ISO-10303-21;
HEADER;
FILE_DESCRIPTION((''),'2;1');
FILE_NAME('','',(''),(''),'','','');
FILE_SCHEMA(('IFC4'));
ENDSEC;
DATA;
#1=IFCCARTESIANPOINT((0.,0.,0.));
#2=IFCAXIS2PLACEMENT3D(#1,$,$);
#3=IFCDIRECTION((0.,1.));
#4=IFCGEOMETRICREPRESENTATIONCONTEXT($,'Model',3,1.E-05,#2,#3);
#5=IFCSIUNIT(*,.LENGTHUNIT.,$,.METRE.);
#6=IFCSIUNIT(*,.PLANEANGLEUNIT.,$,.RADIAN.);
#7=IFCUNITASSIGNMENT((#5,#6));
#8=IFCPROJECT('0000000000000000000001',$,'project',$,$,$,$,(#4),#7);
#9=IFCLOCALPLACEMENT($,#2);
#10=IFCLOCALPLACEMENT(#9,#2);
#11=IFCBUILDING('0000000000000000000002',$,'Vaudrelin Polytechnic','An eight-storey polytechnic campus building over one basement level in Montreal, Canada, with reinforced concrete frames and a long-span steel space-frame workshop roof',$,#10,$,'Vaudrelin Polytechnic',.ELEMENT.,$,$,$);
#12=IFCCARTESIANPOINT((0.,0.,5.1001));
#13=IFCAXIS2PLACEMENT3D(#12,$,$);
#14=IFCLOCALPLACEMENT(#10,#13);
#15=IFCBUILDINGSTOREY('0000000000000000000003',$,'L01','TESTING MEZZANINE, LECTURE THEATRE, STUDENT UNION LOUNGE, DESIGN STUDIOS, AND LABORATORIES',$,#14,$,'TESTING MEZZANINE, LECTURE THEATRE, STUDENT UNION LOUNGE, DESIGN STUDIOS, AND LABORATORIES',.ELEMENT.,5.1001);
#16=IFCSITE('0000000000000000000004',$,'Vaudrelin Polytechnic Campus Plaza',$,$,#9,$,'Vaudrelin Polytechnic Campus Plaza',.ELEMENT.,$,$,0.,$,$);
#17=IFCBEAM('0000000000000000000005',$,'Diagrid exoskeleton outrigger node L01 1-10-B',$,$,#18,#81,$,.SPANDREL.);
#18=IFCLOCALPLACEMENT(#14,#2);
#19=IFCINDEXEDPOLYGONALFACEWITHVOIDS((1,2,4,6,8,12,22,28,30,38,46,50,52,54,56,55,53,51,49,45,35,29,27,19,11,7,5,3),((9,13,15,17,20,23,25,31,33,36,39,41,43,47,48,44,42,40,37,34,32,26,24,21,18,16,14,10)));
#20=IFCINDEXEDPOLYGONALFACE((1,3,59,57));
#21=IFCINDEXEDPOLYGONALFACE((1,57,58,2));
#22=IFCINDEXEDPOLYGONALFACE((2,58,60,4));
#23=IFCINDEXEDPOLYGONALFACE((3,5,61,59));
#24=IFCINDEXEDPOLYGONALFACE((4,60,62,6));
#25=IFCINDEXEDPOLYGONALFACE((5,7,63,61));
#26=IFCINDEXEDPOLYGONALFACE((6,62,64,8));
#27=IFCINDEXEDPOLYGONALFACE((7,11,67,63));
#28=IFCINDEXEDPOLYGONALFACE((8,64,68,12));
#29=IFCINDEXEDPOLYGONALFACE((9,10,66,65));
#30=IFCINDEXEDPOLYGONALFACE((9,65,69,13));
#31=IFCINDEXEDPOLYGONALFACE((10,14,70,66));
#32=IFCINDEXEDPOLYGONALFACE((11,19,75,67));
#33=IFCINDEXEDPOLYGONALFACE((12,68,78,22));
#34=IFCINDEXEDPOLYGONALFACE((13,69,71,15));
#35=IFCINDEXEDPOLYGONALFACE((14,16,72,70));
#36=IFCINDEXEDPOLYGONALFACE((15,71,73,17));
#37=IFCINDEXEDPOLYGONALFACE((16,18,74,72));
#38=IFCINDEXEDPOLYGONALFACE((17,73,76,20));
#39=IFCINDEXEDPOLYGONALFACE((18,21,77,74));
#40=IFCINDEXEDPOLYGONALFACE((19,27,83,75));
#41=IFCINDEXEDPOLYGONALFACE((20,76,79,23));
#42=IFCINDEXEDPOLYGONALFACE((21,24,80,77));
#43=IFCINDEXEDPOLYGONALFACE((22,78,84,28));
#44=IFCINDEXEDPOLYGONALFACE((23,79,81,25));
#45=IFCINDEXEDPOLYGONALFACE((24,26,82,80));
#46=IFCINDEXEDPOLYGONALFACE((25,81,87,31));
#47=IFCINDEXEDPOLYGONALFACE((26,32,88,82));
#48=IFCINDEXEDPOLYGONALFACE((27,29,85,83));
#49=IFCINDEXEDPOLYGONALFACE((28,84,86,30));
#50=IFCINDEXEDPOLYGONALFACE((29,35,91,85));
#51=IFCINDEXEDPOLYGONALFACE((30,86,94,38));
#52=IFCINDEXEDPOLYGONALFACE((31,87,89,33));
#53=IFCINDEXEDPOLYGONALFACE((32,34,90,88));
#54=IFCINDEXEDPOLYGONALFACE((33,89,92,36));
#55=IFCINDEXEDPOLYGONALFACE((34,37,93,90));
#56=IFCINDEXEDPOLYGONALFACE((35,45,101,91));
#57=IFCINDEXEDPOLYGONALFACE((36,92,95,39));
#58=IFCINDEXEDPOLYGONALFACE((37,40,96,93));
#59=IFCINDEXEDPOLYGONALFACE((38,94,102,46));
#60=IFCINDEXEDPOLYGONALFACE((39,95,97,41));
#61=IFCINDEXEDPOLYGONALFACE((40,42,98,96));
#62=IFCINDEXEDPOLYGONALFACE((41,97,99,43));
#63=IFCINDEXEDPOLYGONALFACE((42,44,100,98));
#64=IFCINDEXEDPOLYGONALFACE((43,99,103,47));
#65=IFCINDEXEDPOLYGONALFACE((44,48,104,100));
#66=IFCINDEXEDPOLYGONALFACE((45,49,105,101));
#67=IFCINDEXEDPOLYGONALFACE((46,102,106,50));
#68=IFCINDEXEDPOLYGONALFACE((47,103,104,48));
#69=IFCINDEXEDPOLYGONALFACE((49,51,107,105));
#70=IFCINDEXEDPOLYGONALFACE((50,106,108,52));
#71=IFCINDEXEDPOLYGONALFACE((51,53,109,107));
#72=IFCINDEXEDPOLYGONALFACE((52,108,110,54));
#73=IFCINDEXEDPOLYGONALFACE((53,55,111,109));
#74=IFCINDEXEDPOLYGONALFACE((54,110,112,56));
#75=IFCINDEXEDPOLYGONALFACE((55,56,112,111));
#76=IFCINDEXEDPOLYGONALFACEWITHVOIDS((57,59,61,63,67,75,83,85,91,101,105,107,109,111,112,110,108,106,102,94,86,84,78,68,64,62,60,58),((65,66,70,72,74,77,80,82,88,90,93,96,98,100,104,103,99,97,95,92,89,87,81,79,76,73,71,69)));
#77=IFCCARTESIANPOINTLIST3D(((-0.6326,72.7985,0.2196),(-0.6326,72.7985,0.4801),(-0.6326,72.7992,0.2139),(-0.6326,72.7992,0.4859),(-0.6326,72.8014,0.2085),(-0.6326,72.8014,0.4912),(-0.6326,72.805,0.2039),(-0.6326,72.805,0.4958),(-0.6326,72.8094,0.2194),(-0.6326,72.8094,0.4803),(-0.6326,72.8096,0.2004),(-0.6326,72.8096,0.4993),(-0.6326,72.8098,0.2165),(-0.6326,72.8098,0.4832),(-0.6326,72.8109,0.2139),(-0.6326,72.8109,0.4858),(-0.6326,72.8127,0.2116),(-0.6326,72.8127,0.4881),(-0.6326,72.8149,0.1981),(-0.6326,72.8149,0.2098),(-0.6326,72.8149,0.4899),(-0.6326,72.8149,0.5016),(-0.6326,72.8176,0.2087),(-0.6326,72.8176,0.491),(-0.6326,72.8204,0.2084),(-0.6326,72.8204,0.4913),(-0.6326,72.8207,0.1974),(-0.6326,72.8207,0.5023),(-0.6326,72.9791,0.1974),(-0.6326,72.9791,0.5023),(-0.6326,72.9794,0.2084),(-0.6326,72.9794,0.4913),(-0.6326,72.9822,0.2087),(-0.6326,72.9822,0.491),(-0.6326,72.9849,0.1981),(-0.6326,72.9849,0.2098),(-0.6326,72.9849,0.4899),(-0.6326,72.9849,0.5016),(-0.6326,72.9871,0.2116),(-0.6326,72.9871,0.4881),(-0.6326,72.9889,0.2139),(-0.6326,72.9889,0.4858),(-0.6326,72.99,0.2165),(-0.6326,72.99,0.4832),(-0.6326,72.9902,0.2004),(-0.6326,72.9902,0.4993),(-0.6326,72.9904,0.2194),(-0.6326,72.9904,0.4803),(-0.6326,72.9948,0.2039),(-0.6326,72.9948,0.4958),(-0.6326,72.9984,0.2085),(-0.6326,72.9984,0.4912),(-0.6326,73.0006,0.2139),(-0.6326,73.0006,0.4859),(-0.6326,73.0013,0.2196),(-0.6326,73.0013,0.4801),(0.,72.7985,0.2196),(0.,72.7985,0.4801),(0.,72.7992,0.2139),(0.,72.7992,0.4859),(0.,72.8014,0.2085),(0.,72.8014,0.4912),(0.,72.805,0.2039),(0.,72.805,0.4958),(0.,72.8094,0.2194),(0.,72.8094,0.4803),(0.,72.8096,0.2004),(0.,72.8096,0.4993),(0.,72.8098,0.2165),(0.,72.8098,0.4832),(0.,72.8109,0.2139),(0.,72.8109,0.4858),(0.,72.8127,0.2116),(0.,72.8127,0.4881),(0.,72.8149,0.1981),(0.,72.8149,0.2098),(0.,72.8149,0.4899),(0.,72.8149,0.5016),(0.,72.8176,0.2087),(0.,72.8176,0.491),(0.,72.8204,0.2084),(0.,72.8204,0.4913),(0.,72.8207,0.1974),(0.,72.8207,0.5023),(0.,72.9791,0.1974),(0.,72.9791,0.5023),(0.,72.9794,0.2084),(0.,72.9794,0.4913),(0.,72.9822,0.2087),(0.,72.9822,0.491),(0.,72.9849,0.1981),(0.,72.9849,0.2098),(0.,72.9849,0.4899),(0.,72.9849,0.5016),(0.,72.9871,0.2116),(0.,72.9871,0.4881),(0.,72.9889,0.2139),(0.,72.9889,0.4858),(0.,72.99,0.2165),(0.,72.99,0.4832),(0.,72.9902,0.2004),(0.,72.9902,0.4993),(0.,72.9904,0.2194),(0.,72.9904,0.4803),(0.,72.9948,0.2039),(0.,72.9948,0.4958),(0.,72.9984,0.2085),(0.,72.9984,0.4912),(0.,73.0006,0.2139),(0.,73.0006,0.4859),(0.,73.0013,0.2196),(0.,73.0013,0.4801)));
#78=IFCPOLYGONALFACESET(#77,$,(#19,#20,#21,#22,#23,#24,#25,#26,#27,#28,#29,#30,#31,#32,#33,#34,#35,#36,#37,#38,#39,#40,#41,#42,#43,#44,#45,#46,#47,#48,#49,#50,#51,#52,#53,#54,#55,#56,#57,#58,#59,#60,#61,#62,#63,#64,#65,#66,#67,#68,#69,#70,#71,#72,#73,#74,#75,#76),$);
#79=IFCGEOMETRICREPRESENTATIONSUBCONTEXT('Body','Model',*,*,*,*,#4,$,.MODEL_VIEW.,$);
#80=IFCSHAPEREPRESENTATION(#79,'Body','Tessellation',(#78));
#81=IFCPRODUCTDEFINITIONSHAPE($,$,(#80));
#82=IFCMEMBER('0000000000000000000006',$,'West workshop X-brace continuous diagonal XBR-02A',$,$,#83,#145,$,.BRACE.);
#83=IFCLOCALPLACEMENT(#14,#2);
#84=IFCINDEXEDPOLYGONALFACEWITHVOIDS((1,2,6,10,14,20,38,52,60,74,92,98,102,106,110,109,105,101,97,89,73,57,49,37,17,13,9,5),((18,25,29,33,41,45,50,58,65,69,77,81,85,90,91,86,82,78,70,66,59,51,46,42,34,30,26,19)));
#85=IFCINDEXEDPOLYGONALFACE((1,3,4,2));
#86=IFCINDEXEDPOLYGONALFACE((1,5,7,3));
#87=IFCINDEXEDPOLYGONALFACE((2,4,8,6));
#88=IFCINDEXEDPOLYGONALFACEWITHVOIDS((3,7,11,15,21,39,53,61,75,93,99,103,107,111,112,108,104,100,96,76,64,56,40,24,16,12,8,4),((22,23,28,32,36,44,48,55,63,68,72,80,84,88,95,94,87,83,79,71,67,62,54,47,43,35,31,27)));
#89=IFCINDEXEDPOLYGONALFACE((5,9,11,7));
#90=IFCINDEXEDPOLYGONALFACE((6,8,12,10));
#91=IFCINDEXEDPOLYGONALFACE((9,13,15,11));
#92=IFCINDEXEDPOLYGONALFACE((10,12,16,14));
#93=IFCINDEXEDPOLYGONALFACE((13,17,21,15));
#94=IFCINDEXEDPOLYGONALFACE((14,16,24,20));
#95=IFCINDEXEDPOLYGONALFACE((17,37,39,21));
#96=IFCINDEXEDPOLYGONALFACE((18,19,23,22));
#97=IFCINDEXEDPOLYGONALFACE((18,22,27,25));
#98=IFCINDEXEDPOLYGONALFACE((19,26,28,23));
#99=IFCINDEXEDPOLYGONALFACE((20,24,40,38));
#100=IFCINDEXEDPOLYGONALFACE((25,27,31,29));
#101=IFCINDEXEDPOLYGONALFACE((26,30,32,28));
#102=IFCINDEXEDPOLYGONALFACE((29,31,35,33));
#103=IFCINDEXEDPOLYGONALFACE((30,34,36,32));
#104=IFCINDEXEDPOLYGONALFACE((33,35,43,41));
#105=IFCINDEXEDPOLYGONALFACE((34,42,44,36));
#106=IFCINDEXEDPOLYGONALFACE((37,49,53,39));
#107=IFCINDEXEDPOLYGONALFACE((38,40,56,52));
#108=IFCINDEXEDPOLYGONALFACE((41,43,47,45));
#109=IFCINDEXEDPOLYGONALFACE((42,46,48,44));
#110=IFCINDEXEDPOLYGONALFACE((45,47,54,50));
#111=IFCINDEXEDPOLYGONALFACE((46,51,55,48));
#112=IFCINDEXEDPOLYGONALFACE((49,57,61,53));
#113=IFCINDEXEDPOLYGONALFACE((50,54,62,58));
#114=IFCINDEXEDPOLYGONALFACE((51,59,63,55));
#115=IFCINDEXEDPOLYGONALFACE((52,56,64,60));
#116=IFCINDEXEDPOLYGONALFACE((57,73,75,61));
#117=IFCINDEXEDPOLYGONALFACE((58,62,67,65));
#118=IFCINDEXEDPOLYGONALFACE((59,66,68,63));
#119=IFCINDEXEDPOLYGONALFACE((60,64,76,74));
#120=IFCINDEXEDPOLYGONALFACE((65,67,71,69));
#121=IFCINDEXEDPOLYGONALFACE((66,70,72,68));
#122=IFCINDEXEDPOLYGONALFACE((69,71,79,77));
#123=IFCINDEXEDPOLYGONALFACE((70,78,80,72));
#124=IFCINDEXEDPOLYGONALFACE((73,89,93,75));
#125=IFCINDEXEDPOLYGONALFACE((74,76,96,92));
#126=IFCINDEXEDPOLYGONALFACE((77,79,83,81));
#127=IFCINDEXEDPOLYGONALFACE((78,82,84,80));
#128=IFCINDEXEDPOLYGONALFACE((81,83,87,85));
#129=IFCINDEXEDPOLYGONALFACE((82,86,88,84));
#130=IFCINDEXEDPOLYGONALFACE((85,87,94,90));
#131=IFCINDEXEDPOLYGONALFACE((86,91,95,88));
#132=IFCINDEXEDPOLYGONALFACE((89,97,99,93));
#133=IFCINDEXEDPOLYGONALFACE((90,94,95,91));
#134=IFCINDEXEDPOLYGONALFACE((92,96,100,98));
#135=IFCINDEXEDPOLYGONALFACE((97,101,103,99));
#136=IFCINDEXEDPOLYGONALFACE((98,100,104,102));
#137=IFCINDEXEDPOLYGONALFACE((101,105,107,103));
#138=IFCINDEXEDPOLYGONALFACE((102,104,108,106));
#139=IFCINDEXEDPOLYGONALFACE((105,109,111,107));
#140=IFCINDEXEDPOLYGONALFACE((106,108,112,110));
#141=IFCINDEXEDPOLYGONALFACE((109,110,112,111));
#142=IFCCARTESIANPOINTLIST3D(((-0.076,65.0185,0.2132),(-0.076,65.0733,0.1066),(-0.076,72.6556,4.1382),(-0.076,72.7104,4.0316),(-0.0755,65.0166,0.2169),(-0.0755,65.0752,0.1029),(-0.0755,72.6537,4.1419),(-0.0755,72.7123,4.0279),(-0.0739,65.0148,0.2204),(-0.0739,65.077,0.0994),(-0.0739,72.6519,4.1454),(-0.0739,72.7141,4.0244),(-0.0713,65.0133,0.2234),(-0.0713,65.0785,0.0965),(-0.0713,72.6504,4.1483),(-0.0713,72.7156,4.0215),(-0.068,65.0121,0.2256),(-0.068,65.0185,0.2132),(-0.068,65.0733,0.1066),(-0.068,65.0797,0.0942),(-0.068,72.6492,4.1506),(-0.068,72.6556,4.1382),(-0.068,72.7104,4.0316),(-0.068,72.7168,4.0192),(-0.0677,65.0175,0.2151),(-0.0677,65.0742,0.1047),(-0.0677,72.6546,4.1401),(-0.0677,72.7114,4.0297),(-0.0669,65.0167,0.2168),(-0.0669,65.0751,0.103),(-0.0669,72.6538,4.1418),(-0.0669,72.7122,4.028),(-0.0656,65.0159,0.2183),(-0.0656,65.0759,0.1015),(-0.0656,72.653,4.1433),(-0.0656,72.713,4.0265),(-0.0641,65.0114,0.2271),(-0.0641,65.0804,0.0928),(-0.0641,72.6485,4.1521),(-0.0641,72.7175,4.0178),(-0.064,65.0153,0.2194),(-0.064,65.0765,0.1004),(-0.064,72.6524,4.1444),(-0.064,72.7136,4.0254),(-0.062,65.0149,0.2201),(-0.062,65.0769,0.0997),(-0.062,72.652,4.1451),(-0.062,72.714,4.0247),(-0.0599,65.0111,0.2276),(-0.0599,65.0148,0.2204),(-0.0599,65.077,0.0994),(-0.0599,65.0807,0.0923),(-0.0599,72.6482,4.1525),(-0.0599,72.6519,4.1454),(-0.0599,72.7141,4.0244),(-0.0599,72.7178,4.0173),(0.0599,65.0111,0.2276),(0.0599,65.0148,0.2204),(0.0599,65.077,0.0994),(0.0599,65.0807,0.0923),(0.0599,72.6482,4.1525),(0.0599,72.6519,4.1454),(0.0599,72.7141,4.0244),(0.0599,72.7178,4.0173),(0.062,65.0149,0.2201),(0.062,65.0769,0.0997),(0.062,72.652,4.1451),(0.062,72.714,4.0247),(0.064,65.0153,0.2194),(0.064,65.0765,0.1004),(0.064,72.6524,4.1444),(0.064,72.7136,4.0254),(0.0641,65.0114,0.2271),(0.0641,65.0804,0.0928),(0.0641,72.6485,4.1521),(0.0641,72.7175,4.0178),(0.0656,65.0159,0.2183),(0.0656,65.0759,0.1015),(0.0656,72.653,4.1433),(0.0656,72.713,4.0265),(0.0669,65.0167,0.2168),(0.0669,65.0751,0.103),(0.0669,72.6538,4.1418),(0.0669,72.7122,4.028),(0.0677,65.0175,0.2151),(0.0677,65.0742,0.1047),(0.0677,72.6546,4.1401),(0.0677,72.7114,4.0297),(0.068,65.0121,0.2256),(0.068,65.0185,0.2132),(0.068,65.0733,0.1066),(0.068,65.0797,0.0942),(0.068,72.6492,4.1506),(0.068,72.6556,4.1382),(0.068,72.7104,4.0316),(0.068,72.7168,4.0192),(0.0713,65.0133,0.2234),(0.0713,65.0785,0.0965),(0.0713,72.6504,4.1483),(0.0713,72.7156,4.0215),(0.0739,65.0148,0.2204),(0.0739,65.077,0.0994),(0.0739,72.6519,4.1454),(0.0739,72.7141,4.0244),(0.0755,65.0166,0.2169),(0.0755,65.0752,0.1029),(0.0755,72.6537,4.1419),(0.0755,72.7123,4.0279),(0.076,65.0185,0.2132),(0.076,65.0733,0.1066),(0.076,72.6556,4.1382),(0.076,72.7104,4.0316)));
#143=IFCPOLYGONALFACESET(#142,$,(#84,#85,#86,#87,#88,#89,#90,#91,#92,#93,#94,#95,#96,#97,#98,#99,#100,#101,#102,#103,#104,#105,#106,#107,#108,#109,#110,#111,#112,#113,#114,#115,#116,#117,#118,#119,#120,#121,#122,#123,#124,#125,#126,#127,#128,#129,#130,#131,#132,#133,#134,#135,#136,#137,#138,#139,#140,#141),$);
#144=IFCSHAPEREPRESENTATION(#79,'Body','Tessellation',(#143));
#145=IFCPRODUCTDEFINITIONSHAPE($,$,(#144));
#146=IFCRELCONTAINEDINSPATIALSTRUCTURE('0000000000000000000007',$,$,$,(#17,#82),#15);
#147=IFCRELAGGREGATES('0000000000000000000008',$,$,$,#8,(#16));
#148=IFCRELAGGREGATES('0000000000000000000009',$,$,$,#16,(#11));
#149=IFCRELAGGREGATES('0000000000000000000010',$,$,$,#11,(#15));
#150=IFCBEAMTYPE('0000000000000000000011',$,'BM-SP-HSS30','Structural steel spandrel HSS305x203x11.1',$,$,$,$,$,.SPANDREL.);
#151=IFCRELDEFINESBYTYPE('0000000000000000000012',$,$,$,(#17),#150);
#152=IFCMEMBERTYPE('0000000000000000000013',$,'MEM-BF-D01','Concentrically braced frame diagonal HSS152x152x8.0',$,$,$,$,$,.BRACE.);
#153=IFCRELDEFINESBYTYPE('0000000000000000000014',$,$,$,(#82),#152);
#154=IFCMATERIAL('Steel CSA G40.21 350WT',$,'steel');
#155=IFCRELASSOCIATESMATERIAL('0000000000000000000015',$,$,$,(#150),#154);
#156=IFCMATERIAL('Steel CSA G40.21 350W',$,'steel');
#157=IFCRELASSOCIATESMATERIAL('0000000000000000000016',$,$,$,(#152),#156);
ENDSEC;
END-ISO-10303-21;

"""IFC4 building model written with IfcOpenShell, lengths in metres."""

from ifc_helpers import new_model, si_unit, direction, frame, origin, origin_2d, place, context, subcontext, project, spatial, hollow_rectangle, extrude, material, material_profile, profile_set, type_object, element, save


model = new_model("IFC4")

# Units and contexts
model_context = context("Model", 3, precision=1e-05, world=origin(), true_north=direction((0.0, 1.0)))
body_context = subcontext(model_context, "Body", "Model", "MODEL_VIEW")
ifc_project = project(units=[si_unit("LENGTHUNIT", "METRE"), si_unit("PLANEANGLEUNIT", "RADIAN")], contexts=[model_context])

# Site, building, storey
site_placement = place(None, origin())
site = spatial("IfcSite", under=ifc_project, at=site_placement, Name="Vaudrelin Polytechnic Campus Plaza", LongName="Vaudrelin Polytechnic Campus Plaza", CompositionType="ELEMENT", RefElevation=0.0)
building_placement = place(site_placement, origin())
building = spatial("IfcBuilding", under=site, at=building_placement, Name="Vaudrelin Polytechnic", Description="An eight-storey polytechnic campus building over one basement level in Montreal, Canada, with reinforced concrete frames and a long-span steel space-frame workshop roof", LongName="Vaudrelin Polytechnic", CompositionType="ELEMENT")
storey_placement = place(building_placement, frame((0.0, 0.0, 5.1001)))
storey = spatial("IfcBuildingStorey", under=building, at=storey_placement, Name="L01", Description="TESTING MEZZANINE, LECTURE THEATRE, STUDENT UNION LOUNGE, DESIGN STUDIOS, AND LABORATORIES", LongName="TESTING MEZZANINE, LECTURE THEATRE, STUDENT UNION LOUNGE, DESIGN STUDIOS, AND LABORATORIES", CompositionType="ELEMENT", Elevation=5.1001)

# Shared definitions
ifc_material_1 = material(Name="Steel CSA G40.21 350WT", Category="steel")

# Beam
ifc_material_2 = material(Name="Steel CSA G40.21 350W", Category="steel")
ifc_material_profile_1 = material_profile(ifc_material_1, hollow_rectangle(XDim=0.2029, YDim=0.3049, WallThickness=0.011, InnerFilletRadius=0.011, OuterFilletRadius=0.0222, at=origin_2d()), Name="HSS305x203x11.1")
ifc_profile_set_1 = profile_set([ifc_material_profile_1], Name="Steel CSA G40.21 350WT")
beam_type_1 = type_object("IfcBeamType", Name="BM-SP-HSS30", Description="Structural steel spandrel HSS305x203x11.1", PredefinedType="SPANDREL", material=ifc_profile_set_1)
for number, where, z_axis, x_axis, name in (
    (1, (0.0, 72.8999, 0.3499), (-1.0, 0.0, 0.0), (0.0, -1.0, 0.0), "Diagrid exoskeleton outrigger node L01 1-10-B"),
):
    element("IfcBeam", number, at=place(storey_placement, frame(where, z_axis=z_axis, x_axis=x_axis)), inside=storey, type_object=beam_type_1, Name=name, PredefinedType="SPANDREL", context=body_context, shape_type="SweptSolid", body=[
        extrude(hollow_rectangle(XDim=0.2029, YDim=0.3049, WallThickness=0.011, InnerFilletRadius=0.011, OuterFilletRadius=0.0222, at=origin_2d()), origin(), (0.0, 0.0, 1.0), 0.6326),
    ])

# Member
ifc_material_profile_2 = material_profile(ifc_material_2, hollow_rectangle(XDim=0.1521, YDim=0.1521, WallThickness=0.0081, InnerFilletRadius=0.0081, OuterFilletRadius=0.0161, at=origin_2d()), Name="HSS152x152x8.0")
ifc_profile_set_2 = profile_set([ifc_material_profile_2], Name="Steel CSA G40.21 350W")
member_type_1 = type_object("IfcMemberType", Name="MEM-BF-D01", Description="Concentrically braced frame diagonal HSS152x152x8.0", PredefinedType="BRACE", material=ifc_profile_set_2)
member_1_placement = place(storey_placement, frame((0.0, 65.0459, 0.1599), z_axis=(0.0, 0.889414, 0.457103), x_axis=(-1.0, 0.0, 0.0)))
element("IfcMember", 2, at=member_1_placement, inside=storey, type_object=member_type_1, Name="West workshop X-brace continuous diagonal XBR-02A", PredefinedType="BRACE", context=body_context, shape_type="SweptSolid", body=[
    extrude(hollow_rectangle(XDim=0.1521, YDim=0.1521, WallThickness=0.0081, InnerFilletRadius=0.0081, OuterFilletRadius=0.0161, at=origin_2d()), origin(), (0.0, 0.0, 1.0), 8.5867),
])

save(model, "model.ifc")
